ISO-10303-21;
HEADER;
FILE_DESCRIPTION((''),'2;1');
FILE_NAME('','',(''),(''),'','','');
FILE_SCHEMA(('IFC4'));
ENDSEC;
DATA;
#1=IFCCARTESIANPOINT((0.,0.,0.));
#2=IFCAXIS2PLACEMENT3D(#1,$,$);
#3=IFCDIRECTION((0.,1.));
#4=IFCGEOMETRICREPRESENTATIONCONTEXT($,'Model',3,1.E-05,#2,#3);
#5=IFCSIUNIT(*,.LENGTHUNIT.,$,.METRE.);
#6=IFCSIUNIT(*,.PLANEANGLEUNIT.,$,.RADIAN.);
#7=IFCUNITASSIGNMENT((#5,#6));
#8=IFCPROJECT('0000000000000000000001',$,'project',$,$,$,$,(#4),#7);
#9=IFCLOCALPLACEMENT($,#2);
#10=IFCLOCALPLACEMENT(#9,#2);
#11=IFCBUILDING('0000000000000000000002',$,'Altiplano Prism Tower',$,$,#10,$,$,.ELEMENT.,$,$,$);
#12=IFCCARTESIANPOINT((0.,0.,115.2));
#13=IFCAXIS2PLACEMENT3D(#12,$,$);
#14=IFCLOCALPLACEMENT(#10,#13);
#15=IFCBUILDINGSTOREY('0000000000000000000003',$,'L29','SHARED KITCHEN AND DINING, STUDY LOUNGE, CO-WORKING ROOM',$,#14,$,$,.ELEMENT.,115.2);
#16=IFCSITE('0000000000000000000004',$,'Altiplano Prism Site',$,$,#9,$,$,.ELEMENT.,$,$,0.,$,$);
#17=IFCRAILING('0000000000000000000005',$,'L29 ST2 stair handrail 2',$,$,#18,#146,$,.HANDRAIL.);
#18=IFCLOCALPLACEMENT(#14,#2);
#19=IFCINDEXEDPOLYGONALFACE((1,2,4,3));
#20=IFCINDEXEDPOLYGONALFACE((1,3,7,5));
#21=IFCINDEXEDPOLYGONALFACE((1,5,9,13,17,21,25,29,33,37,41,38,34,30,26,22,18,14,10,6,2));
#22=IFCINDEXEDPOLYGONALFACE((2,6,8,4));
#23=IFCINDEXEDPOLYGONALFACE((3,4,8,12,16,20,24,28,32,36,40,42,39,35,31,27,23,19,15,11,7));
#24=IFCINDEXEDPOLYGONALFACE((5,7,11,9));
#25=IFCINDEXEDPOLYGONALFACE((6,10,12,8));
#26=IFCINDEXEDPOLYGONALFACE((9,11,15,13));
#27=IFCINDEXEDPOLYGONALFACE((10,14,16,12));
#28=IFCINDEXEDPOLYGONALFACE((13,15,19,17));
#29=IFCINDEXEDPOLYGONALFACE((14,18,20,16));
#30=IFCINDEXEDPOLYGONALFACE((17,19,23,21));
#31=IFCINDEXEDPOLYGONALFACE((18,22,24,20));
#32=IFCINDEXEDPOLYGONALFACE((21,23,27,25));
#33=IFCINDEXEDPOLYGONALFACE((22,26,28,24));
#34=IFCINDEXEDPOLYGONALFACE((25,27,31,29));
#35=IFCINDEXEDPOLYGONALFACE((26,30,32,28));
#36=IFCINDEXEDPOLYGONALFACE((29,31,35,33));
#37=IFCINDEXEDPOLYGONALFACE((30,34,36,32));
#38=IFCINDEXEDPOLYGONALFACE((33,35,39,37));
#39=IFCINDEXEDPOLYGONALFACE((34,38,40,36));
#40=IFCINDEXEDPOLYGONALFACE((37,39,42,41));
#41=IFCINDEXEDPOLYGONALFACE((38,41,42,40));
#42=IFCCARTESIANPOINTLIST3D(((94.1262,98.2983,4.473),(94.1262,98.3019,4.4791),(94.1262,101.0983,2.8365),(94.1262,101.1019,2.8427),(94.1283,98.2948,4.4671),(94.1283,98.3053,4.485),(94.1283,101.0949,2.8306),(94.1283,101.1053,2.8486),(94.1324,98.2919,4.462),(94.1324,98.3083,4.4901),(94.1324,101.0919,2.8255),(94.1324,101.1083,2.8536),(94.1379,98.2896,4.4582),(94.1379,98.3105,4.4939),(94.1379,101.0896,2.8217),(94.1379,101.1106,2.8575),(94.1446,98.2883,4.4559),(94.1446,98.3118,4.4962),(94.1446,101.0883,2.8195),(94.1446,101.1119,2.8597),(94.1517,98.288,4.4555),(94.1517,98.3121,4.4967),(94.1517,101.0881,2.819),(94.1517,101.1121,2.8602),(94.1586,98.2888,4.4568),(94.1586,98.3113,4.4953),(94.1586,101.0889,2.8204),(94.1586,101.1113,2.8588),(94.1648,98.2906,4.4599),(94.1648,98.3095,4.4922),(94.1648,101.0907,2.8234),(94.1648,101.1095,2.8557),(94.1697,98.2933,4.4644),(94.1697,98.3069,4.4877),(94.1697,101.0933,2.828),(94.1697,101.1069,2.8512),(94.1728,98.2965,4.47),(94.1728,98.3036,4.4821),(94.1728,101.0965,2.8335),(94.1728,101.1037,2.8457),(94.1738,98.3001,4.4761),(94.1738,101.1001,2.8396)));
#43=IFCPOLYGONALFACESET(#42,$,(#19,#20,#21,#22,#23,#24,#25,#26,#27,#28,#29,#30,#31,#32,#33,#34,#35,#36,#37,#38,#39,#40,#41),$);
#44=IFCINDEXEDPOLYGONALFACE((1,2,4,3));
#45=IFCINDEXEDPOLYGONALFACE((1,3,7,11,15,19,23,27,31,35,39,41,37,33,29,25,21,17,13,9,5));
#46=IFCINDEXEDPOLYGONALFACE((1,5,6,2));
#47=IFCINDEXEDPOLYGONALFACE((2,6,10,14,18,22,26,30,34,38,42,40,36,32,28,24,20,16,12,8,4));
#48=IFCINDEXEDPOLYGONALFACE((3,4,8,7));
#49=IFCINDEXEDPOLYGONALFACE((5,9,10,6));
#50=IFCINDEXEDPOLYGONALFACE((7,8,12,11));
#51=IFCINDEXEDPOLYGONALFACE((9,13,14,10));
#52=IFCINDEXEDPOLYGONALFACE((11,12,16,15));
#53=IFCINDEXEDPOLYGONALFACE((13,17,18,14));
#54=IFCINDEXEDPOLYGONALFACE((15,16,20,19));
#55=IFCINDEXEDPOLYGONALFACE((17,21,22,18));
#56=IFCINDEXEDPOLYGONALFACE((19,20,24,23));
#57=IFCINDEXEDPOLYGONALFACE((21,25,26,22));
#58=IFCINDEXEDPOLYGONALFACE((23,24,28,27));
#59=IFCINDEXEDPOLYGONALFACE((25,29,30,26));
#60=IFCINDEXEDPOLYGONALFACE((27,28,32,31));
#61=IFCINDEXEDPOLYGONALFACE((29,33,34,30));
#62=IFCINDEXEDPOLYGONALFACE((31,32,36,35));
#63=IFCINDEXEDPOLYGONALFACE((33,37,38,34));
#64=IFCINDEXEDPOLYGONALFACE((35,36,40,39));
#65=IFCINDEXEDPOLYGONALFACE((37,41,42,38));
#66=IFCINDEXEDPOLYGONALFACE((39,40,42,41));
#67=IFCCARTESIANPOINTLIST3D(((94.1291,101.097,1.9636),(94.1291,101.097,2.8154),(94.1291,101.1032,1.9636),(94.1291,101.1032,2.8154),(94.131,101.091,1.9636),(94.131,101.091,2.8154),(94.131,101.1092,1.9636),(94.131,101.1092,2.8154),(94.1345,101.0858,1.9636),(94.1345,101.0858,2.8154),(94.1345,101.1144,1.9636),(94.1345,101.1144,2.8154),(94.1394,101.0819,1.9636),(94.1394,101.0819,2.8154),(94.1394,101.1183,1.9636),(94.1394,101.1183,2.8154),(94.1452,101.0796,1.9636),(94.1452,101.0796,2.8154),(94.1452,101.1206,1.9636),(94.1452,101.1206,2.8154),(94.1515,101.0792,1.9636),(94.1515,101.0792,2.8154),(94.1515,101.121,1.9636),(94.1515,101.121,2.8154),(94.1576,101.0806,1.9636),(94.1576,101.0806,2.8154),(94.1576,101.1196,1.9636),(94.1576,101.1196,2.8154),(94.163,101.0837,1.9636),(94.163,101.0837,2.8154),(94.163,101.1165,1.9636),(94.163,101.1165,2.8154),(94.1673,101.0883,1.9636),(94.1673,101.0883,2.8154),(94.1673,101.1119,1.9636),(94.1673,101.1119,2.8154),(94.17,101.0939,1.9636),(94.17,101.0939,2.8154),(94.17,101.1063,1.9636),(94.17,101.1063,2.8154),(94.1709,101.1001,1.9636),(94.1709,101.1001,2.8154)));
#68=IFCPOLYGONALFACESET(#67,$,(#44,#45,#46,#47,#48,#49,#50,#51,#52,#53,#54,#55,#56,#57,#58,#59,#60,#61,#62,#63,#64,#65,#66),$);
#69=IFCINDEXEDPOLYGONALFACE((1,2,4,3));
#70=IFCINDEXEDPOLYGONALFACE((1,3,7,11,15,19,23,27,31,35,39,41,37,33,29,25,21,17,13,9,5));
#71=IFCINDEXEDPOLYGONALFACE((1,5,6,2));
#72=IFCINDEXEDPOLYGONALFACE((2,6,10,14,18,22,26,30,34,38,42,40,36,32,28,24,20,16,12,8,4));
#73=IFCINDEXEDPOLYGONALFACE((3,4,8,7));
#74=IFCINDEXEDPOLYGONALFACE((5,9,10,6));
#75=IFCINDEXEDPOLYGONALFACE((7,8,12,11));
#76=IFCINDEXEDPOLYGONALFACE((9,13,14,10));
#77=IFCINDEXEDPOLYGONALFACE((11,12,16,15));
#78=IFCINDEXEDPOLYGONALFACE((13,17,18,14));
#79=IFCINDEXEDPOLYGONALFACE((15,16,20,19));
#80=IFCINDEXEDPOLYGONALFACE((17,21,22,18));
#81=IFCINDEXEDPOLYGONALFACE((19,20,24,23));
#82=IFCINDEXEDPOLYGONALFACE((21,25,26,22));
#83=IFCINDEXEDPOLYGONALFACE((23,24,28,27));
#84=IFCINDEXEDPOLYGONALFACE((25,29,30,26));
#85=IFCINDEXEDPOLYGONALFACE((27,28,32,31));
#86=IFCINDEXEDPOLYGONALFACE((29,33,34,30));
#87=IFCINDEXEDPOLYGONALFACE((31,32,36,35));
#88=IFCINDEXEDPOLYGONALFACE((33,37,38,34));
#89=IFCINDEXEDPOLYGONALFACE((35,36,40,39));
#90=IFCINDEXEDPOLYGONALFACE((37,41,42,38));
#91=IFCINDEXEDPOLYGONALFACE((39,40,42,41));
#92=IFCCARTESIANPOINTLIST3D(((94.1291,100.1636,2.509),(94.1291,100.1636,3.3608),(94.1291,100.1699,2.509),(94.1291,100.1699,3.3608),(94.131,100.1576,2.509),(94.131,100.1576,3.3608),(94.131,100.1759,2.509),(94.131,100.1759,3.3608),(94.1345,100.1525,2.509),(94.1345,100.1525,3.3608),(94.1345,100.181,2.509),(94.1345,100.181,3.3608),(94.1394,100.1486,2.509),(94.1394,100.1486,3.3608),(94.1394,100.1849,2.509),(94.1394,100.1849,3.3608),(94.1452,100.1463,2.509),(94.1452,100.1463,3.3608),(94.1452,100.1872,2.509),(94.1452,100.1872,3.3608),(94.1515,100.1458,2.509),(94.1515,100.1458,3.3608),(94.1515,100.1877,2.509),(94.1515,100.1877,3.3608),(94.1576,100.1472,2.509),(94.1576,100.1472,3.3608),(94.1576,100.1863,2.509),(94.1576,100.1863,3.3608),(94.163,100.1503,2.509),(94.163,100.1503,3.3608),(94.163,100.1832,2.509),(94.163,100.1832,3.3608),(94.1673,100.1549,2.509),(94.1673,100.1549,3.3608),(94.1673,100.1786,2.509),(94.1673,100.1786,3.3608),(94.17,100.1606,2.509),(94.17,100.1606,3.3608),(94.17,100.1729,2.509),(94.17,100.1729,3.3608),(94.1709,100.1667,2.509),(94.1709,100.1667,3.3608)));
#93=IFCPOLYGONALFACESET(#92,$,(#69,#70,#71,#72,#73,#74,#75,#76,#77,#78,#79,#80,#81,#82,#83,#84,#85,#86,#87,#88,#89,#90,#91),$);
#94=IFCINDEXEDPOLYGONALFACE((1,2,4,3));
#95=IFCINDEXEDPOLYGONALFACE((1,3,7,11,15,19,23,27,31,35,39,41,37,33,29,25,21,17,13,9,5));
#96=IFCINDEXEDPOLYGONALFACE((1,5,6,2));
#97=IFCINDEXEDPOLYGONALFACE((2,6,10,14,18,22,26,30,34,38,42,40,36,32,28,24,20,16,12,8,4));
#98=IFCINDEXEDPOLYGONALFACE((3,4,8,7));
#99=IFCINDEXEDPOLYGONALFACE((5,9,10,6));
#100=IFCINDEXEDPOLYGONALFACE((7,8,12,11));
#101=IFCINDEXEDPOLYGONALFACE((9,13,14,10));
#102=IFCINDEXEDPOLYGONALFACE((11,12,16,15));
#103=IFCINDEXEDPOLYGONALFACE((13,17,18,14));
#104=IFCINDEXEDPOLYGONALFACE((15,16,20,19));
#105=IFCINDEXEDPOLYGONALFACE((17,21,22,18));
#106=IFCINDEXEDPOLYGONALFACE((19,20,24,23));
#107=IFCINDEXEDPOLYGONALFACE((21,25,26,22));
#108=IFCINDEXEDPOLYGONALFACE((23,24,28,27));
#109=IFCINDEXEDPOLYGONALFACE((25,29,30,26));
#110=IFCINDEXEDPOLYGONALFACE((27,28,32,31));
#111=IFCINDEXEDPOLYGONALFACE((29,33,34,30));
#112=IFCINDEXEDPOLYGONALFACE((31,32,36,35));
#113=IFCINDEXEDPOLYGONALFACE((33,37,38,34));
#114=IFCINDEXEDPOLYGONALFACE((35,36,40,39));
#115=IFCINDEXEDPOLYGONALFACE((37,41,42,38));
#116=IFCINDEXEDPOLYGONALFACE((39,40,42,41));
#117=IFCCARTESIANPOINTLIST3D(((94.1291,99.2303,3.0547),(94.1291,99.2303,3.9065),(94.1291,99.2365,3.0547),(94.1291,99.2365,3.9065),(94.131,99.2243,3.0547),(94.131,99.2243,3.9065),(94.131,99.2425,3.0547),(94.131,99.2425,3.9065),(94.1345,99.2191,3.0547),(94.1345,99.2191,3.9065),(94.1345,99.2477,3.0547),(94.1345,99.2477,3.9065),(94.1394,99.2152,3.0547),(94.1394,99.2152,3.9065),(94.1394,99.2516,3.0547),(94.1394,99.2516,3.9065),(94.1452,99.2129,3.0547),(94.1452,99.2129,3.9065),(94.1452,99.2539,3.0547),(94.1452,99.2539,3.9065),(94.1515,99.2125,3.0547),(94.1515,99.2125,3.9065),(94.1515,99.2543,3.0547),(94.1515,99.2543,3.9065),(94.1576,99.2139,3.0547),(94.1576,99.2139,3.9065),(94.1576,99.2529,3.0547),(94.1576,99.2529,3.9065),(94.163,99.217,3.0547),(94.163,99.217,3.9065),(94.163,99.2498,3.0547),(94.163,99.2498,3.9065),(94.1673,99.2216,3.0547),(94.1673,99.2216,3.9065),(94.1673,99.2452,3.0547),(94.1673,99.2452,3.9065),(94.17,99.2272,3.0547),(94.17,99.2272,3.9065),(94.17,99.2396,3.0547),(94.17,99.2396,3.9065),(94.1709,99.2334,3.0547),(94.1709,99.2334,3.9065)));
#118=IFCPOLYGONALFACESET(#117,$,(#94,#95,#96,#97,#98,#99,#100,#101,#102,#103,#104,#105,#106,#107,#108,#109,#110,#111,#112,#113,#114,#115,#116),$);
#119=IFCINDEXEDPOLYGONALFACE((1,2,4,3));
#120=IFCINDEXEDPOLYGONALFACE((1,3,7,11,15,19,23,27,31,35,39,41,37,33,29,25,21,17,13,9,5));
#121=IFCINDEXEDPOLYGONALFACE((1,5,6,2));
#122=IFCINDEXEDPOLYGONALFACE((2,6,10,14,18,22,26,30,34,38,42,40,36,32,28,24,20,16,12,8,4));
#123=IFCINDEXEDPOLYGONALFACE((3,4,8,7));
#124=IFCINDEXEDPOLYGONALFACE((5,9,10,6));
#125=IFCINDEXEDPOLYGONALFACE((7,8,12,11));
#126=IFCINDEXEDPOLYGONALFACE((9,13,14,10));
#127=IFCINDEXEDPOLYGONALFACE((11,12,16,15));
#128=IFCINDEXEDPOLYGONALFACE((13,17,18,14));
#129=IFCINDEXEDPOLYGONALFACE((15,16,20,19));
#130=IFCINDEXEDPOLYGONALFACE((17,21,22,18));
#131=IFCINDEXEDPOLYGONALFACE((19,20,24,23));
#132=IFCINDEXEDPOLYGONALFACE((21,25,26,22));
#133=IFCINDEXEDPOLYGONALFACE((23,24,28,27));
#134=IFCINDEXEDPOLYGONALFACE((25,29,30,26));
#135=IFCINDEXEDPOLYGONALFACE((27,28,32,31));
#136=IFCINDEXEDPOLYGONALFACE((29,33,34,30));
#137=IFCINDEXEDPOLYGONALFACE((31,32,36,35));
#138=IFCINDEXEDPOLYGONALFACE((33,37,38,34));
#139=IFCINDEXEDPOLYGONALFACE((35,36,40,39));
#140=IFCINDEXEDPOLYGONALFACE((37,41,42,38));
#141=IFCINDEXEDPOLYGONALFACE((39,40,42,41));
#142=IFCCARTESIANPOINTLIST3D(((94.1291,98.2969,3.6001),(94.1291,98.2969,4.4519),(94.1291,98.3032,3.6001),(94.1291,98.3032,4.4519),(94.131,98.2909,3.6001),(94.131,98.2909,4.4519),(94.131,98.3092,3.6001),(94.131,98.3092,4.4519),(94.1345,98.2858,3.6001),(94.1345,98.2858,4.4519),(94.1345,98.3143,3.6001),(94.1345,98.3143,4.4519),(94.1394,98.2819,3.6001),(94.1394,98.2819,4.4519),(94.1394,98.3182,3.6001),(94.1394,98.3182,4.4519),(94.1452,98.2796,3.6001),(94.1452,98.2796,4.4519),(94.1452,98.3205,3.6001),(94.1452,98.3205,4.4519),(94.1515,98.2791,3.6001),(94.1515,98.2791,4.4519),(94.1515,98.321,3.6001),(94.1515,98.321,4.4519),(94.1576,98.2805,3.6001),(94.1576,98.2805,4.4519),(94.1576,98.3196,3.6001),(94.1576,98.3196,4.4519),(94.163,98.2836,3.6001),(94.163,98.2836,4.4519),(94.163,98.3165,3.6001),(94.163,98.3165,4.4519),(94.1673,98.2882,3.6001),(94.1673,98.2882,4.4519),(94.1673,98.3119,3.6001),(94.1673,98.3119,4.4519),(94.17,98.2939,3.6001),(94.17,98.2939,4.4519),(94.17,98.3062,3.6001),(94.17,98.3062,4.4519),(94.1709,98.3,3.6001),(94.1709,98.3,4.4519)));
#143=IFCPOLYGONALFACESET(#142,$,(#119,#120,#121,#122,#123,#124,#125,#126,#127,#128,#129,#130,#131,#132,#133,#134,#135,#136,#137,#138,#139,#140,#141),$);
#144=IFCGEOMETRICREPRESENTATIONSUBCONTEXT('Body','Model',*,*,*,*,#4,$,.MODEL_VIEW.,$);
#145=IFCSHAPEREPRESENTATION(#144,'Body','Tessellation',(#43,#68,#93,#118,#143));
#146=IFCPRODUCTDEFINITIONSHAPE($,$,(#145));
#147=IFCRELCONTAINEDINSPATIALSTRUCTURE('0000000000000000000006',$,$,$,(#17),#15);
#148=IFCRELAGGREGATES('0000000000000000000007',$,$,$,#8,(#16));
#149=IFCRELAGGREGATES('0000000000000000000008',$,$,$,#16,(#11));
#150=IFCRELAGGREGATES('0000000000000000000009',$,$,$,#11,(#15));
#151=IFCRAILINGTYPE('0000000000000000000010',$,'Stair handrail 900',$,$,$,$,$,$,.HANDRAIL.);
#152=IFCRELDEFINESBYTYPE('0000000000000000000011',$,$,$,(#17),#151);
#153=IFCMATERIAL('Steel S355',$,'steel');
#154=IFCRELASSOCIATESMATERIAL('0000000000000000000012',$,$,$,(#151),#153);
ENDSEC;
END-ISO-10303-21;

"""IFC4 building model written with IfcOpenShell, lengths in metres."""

from ifc_helpers import new_model, si_unit, direction, frame, origin, origin_2d, place, context, subcontext, project, spatial, circle, extrude, material, type_object, element, save


model = new_model("IFC4")

# Units and contexts
model_context = context("Model", 3, precision=1e-05, world=origin(), true_north=direction((0.0, 1.0)))
body_context = subcontext(model_context, "Body", "Model", "MODEL_VIEW")
ifc_project = project(units=[si_unit("LENGTHUNIT", "METRE"), si_unit("PLANEANGLEUNIT", "RADIAN")], contexts=[model_context])

# Site, building, storey
site_placement = place(None, origin())
site = spatial("IfcSite", under=ifc_project, at=site_placement, Name="Altiplano Prism Site", CompositionType="ELEMENT", RefElevation=0.0)
building_placement = place(site_placement, origin())
building = spatial("IfcBuilding", under=site, at=building_placement, Name="Altiplano Prism Tower", CompositionType="ELEMENT")
storey_placement = place(building_placement, frame((0.0, 0.0, 115.2)))
storey = spatial("IfcBuildingStorey", under=building, at=storey_placement, Name="L29", Description="SHARED KITCHEN AND DINING, STUDY LOUNGE, CO-WORKING ROOM", CompositionType="ELEMENT", Elevation=115.2)

# Railing
ifc_material_1 = material(Name="Steel S355", Category="steel")
railing_type_1 = type_object("IfcRailingType", Name="Stair handrail 900", PredefinedType="HANDRAIL", material=ifc_material_1)
for number, where, name in (
    (1, (94.1499, 101.1001, 1.9636), "L29 ST2 stair handrail 2"),
):
    element("IfcRailing", number, at=place(storey_placement, frame(where)), inside=storey, type_object=railing_type_1, Name=name, PredefinedType="HANDRAIL", context=body_context, shape_type="SweptSolid", body=[
        extrude(circle(Radius=0.0239, at=origin_2d()), frame((0.0, 0.0, 0.876), z_axis=(0.0, -0.863361, 0.504587), x_axis=(1.0, 0.0, 0.0)), (0.0, 0.0, 1.0), 3.2432),
        extrude(circle(Radius=0.021, at=origin_2d()), origin(), (0.0, 0.0, 1.0), 0.8518),
        extrude(circle(Radius=0.021, at=origin_2d()), frame((0.0, -0.9333, 0.5454)), (0.0, 0.0, 1.0), 0.8518),
        extrude(circle(Radius=0.021, at=origin_2d()), frame((0.0, -1.8667, 1.0911)), (0.0, 0.0, 1.0), 0.8518),
        extrude(circle(Radius=0.021, at=origin_2d()), frame((0.0, -2.8, 1.6365)), (0.0, 0.0, 1.0), 0.8518),
    ])

save(model, "model.ifc")
